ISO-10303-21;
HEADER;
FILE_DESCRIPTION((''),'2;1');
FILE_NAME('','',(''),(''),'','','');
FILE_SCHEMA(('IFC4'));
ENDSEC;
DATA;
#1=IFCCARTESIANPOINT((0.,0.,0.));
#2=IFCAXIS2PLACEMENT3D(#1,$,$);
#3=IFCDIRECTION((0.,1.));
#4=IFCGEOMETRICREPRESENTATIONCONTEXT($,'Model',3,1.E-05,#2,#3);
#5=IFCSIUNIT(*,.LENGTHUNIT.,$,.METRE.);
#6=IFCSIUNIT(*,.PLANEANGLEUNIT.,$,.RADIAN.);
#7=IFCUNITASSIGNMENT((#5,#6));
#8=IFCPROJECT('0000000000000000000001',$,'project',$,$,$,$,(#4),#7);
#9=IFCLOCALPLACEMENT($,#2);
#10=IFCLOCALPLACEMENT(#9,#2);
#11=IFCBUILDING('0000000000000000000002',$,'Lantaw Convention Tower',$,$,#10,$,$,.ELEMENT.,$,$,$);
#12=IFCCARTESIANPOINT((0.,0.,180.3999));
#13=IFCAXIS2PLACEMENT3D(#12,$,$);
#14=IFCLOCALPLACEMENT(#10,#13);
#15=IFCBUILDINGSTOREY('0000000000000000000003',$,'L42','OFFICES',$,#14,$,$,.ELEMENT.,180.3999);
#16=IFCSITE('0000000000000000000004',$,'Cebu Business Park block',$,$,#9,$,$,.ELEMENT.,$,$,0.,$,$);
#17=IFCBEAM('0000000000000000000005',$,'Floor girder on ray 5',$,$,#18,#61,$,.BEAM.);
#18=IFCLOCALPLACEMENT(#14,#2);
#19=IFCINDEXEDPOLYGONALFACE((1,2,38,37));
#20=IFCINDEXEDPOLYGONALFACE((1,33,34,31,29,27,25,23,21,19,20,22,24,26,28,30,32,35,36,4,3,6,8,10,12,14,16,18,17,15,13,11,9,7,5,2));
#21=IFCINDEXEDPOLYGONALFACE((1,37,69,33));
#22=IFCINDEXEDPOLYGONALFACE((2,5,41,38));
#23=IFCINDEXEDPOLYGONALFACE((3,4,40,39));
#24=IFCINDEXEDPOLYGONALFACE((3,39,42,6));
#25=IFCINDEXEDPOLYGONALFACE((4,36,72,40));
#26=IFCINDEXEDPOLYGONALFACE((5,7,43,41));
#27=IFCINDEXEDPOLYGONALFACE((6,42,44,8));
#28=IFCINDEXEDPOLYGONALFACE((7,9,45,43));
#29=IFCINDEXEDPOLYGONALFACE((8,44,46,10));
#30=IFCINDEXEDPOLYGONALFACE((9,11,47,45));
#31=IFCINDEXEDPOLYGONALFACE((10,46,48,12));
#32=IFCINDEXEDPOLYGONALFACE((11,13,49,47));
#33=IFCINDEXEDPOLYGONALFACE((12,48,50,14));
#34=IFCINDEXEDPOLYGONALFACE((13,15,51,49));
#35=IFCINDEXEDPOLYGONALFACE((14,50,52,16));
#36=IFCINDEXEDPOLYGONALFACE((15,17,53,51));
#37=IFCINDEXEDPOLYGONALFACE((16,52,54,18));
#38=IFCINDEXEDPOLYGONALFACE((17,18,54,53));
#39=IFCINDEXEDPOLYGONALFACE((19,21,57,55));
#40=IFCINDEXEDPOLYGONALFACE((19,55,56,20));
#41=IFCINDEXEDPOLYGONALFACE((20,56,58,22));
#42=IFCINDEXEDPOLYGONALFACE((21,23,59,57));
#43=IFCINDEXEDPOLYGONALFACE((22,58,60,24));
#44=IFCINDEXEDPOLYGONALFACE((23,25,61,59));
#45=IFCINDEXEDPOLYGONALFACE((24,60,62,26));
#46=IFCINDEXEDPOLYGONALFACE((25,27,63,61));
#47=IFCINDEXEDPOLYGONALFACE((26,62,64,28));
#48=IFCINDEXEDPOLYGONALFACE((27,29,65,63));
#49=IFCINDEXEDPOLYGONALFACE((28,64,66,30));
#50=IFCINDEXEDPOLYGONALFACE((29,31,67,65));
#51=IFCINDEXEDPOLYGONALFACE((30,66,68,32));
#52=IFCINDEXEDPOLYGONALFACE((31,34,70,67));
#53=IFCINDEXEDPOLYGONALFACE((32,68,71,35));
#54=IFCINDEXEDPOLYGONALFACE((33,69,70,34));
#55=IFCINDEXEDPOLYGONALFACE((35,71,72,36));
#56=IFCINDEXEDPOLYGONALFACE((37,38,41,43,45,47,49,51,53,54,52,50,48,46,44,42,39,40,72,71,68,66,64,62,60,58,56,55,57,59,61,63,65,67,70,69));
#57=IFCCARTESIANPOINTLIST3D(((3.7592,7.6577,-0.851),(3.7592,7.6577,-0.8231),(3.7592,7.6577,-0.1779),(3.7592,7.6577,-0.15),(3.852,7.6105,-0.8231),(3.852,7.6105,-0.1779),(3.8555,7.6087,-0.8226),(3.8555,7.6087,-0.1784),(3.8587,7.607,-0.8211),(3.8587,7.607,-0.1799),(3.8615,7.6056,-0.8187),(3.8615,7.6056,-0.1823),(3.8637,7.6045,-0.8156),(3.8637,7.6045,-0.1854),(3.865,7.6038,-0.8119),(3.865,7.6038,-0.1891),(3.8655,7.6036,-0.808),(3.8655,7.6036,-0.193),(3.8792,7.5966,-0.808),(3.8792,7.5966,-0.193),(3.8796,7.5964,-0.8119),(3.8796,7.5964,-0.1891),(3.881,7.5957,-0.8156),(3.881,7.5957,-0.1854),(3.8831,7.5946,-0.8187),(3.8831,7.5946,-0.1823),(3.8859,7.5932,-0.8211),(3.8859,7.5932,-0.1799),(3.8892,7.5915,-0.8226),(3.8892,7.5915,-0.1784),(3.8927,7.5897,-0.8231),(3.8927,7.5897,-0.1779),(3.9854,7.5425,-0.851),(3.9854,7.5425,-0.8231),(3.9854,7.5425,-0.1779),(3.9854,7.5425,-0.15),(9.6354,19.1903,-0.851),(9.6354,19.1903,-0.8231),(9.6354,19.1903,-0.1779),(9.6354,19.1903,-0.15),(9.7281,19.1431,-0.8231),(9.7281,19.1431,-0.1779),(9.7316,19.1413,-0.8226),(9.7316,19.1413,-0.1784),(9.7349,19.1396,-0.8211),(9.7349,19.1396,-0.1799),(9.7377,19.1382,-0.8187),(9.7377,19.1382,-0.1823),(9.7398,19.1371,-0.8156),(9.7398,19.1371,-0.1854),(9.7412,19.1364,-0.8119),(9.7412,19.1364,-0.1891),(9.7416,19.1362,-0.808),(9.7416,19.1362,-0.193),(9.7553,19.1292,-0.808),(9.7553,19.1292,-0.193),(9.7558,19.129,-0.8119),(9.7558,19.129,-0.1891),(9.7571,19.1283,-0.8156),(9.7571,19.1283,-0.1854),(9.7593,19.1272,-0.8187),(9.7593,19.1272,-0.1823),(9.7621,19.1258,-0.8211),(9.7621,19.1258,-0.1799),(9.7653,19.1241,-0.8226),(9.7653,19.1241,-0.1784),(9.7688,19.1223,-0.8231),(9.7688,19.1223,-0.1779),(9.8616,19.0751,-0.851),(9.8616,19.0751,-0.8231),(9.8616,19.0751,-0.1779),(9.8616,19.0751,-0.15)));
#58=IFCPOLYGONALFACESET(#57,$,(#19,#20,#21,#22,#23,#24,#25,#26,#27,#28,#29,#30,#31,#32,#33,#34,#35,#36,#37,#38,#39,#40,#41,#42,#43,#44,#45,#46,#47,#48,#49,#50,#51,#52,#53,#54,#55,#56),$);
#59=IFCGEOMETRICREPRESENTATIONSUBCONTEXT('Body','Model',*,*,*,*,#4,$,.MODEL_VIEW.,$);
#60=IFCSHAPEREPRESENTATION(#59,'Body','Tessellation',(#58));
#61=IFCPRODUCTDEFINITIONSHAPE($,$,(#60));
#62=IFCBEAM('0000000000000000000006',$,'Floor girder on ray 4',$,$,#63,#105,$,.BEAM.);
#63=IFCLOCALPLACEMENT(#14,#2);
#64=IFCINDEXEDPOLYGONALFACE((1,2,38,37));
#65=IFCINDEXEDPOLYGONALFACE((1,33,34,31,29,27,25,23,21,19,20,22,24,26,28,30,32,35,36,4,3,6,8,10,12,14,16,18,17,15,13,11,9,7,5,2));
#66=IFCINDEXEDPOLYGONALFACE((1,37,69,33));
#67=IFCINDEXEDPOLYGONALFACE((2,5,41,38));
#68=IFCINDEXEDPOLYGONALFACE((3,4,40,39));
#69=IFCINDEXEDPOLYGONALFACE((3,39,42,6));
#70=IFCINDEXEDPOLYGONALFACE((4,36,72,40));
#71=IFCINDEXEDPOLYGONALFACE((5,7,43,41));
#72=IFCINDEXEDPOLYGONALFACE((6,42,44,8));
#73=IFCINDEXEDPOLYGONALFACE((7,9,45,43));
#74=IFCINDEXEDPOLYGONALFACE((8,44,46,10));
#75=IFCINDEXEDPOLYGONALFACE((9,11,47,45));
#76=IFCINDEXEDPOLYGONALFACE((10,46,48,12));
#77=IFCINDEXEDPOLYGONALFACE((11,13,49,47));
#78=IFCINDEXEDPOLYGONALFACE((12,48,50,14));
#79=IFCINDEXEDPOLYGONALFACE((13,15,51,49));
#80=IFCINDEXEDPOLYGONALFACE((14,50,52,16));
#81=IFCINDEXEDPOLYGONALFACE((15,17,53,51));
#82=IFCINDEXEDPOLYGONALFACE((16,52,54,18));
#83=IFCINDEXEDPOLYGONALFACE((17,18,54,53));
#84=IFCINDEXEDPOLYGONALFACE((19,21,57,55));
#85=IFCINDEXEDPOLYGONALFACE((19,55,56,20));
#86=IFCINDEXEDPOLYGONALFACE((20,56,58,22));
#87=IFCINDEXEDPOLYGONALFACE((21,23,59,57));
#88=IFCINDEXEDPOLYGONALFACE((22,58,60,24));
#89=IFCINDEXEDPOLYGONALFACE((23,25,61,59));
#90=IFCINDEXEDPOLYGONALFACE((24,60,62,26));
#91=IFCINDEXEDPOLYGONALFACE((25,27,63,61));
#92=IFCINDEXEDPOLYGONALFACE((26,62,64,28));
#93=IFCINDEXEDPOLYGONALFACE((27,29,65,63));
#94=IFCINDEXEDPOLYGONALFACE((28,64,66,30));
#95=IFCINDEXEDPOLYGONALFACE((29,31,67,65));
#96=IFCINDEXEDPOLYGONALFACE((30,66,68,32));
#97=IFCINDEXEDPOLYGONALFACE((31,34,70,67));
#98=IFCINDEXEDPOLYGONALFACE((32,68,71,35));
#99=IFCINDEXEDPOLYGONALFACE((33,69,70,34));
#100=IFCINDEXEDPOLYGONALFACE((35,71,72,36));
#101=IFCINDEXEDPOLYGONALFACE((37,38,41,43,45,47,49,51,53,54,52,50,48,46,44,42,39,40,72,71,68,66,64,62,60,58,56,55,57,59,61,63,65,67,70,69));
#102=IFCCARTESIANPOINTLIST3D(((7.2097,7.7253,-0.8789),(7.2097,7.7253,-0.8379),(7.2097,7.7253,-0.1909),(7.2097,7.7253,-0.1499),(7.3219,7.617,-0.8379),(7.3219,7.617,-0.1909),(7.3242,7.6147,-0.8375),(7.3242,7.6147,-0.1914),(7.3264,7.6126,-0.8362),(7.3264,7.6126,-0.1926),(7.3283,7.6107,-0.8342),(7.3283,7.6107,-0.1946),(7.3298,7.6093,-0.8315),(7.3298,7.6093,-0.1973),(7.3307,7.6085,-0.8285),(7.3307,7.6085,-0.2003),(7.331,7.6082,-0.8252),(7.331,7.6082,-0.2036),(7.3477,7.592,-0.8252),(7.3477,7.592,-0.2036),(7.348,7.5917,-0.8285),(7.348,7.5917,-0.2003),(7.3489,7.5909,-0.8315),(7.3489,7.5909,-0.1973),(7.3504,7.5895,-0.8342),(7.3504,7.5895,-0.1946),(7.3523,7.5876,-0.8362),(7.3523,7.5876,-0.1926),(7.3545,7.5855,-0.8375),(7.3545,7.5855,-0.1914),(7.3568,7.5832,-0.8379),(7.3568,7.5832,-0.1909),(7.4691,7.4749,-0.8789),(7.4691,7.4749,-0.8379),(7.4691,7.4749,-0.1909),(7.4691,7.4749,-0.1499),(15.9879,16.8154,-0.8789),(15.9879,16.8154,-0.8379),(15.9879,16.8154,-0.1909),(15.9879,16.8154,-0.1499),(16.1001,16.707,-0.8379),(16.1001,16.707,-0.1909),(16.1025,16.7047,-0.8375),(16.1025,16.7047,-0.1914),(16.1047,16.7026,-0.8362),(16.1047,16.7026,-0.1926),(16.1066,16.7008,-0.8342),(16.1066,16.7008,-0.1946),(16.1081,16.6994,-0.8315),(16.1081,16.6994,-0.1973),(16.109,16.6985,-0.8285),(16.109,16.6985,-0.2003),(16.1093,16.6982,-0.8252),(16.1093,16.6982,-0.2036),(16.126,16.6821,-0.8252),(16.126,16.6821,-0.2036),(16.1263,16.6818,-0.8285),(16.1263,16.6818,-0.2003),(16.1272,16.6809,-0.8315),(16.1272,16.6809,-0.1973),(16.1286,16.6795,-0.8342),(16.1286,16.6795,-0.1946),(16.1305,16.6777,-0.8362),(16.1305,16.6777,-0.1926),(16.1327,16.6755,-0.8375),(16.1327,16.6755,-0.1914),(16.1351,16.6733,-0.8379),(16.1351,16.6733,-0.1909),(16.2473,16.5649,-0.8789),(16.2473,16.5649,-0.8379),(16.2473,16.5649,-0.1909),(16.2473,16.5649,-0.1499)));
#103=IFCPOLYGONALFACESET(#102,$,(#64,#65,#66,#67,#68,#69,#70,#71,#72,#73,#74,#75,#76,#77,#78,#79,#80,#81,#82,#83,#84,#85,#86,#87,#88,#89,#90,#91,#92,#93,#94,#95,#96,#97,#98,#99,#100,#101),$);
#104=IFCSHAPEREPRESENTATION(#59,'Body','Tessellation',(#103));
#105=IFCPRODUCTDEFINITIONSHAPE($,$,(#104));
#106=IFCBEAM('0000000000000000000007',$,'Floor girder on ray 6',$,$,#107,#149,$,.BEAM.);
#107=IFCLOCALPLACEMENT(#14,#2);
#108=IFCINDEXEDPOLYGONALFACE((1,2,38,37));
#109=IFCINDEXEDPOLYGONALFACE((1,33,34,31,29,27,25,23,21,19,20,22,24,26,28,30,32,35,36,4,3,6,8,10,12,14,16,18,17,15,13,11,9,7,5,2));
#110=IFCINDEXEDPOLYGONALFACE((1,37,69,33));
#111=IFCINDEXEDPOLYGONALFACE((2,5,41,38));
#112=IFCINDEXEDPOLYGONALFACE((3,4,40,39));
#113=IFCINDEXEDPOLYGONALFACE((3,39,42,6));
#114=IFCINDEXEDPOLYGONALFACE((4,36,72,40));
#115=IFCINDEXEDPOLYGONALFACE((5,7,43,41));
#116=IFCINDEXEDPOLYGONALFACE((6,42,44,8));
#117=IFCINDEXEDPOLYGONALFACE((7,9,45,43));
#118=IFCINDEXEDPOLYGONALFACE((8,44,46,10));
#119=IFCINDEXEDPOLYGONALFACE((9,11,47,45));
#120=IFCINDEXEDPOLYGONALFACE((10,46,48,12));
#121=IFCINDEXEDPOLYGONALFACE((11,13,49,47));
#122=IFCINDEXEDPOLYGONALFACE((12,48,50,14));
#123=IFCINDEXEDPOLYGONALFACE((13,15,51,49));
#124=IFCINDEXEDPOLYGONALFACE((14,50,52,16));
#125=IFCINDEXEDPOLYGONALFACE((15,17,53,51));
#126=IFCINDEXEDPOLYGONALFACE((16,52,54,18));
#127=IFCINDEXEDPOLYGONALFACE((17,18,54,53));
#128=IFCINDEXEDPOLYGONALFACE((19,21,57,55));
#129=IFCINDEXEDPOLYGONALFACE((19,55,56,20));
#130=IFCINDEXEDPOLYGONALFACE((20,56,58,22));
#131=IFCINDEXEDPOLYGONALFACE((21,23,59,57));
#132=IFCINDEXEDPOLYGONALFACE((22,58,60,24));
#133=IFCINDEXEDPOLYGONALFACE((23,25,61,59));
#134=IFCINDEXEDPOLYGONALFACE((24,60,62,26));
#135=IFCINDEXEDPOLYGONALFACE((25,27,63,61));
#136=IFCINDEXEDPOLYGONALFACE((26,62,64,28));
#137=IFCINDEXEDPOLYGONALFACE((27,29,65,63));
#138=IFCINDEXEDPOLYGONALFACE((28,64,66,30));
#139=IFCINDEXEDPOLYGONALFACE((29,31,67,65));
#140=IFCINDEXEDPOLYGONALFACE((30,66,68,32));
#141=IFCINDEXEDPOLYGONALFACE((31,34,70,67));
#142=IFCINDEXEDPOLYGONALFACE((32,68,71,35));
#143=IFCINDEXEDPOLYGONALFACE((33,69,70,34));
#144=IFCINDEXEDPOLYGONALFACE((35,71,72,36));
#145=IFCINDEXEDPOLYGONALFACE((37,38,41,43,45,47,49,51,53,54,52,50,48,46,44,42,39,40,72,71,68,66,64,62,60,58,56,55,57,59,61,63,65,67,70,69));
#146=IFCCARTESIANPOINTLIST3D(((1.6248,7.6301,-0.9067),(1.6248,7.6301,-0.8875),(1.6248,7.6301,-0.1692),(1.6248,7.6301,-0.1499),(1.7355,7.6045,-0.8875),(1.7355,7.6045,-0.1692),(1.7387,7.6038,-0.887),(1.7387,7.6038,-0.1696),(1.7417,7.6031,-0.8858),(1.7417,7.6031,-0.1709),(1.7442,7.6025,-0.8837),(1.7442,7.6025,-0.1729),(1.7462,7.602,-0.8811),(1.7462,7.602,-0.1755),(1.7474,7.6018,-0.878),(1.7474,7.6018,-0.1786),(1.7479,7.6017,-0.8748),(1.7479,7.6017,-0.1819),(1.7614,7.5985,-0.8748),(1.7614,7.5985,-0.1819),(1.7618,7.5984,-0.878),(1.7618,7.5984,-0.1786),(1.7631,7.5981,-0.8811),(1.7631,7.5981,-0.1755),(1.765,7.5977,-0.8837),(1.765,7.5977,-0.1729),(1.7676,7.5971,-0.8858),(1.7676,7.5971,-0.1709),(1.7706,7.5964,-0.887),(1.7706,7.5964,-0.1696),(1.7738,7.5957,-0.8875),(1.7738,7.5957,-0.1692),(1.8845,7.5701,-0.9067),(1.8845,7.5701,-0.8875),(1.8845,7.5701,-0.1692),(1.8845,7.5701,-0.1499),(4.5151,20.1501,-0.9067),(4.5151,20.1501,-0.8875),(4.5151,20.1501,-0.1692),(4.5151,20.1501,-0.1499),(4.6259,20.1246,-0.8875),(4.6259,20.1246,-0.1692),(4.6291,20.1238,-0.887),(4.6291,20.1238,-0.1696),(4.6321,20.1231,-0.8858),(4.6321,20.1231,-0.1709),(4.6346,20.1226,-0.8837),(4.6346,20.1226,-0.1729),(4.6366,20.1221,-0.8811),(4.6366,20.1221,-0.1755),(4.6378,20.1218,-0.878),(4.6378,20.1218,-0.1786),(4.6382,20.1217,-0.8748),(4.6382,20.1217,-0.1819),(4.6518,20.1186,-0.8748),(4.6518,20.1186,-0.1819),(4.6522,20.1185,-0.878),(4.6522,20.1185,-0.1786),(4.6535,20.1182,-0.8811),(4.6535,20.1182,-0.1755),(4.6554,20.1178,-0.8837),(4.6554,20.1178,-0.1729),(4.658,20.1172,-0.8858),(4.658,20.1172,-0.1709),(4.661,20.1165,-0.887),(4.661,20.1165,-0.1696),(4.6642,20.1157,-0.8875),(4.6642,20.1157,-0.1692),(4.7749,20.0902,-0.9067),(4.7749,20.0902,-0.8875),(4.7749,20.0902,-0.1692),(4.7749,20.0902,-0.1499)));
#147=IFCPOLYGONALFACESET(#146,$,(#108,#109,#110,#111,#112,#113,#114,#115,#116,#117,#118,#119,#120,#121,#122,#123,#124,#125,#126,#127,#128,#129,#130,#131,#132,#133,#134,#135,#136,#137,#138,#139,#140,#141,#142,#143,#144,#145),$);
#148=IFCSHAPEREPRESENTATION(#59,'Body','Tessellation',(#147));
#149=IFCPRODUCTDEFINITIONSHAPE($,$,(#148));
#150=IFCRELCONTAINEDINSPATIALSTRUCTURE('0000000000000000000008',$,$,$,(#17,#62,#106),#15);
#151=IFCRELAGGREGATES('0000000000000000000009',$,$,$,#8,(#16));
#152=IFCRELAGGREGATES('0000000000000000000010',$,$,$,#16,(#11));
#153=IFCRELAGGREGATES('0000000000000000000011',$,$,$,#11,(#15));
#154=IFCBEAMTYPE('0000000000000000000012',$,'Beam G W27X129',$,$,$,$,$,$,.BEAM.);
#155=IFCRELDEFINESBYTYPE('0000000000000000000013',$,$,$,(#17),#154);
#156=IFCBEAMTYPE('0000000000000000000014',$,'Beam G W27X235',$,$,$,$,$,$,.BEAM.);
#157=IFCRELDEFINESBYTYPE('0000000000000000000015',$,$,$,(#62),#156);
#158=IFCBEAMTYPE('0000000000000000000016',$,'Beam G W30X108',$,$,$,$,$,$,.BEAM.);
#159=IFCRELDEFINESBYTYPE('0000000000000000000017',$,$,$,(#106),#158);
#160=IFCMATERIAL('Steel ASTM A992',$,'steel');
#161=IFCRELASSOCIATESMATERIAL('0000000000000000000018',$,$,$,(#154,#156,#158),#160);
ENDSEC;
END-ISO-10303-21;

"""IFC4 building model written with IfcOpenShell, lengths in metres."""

from ifc_helpers import new_model, si_unit, direction, frame, origin, origin_2d, place, context, subcontext, project, spatial, i_section, extrude, material, material_profile, profile_set, type_object, element, save


model = new_model("IFC4")

# Units and contexts
model_context = context("Model", 3, precision=1e-05, world=origin(), true_north=direction((0.0, 1.0)))
body_context = subcontext(model_context, "Body", "Model", "MODEL_VIEW")
ifc_project = project(units=[si_unit("LENGTHUNIT", "METRE"), si_unit("PLANEANGLEUNIT", "RADIAN")], contexts=[model_context])

# Site, building, storey
site_placement = place(None, origin())
site = spatial("IfcSite", under=ifc_project, at=site_placement, Name="Cebu Business Park block", CompositionType="ELEMENT", RefElevation=0.0)
building_placement = place(site_placement, origin())
building = spatial("IfcBuilding", under=site, at=building_placement, Name="Lantaw Convention Tower", CompositionType="ELEMENT")
storey_placement = place(building_placement, frame((0.0, 0.0, 180.3999)))
storey = spatial("IfcBuildingStorey", under=building, at=storey_placement, Name="L42", Description="OFFICES", CompositionType="ELEMENT", Elevation=180.3999)

# Beams
ifc_material_1 = material(Name="Steel ASTM A992", Category="steel")
ifc_material_profile_1 = material_profile(ifc_material_1, i_section(OverallWidth=0.2539, OverallDepth=0.7009, WebThickness=0.0154, FlangeThickness=0.0278, FilletRadius=0.0151, at=origin_2d()), Name="W27X129")
ifc_profile_set_1 = profile_set([ifc_material_profile_1], Name="Steel ASTM A992")
beam_type_1 = type_object("IfcBeamType", Name="Beam G W27X129", PredefinedType="BEAM", material=ifc_profile_set_1)
beam_1_placement = place(storey_placement, frame((3.8723, 7.6001, -0.5005), z_axis=(0.453991, 0.891006, 0.0), x_axis=(-0.891006, 0.453991, 0.0)))
element("IfcBeam", 1, at=beam_1_placement, inside=storey, type_object=beam_type_1, Name="Floor girder on ray 5", PredefinedType="BEAM", context=body_context, shape_type="SweptSolid", body=[
    extrude(i_section(OverallWidth=0.2539, OverallDepth=0.7009, WebThickness=0.0154, FlangeThickness=0.0278, FilletRadius=0.0151, at=origin_2d()), origin(), (0.0, 0.0, 1.0), 12.9434),
])
ifc_material_profile_2 = material_profile(ifc_material_1, i_section(OverallWidth=0.3606, OverallDepth=0.729, WebThickness=0.0232, FlangeThickness=0.041, FilletRadius=0.0127, at=origin_2d()), Name="W27X235")
ifc_profile_set_2 = profile_set([ifc_material_profile_2], Name="Steel ASTM A992")
beam_type_2 = type_object("IfcBeamType", Name="Beam G W27X235", PredefinedType="BEAM", material=ifc_profile_set_2)
beam_2_placement = place(storey_placement, frame((7.3394, 7.6001, -0.5144), z_axis=(0.694663, 0.719335, 0.0), x_axis=(-0.719335, 0.694663, 0.0)))
element("IfcBeam", 2, at=beam_2_placement, inside=storey, type_object=beam_type_2, Name="Floor girder on ray 4", PredefinedType="BEAM", context=body_context, shape_type="SweptSolid", body=[
    extrude(i_section(OverallWidth=0.3606, OverallDepth=0.729, WebThickness=0.0232, FlangeThickness=0.041, FilletRadius=0.0127, at=origin_2d()), origin(), (0.0, 0.0, 1.0), 12.6367),
])
ifc_material_profile_3 = material_profile(ifc_material_1, i_section(OverallWidth=0.2666, OverallDepth=0.7568, WebThickness=0.0139, FlangeThickness=0.0193, FilletRadius=0.0127, at=origin_2d()), Name="W30X108")
ifc_profile_set_3 = profile_set([ifc_material_profile_3], Name="Steel ASTM A992")
beam_type_3 = type_object("IfcBeamType", Name="Beam G W30X108", PredefinedType="BEAM", material=ifc_profile_set_3)
beam_3_placement = place(storey_placement, frame((1.7546, 7.6001, -0.5283), z_axis=(0.224944, 0.974372, 0.0), x_axis=(-0.974372, 0.224944, 0.0)))
element("IfcBeam", 3, at=beam_3_placement, inside=storey, type_object=beam_type_3, Name="Floor girder on ray 6", PredefinedType="BEAM", context=body_context, shape_type="SweptSolid", body=[
    extrude(i_section(OverallWidth=0.2666, OverallDepth=0.7568, WebThickness=0.0139, FlangeThickness=0.0193, FilletRadius=0.0127, at=origin_2d()), origin(), (0.0, 0.0, 1.0), 12.8494),
])

save(model, "model.ifc")
